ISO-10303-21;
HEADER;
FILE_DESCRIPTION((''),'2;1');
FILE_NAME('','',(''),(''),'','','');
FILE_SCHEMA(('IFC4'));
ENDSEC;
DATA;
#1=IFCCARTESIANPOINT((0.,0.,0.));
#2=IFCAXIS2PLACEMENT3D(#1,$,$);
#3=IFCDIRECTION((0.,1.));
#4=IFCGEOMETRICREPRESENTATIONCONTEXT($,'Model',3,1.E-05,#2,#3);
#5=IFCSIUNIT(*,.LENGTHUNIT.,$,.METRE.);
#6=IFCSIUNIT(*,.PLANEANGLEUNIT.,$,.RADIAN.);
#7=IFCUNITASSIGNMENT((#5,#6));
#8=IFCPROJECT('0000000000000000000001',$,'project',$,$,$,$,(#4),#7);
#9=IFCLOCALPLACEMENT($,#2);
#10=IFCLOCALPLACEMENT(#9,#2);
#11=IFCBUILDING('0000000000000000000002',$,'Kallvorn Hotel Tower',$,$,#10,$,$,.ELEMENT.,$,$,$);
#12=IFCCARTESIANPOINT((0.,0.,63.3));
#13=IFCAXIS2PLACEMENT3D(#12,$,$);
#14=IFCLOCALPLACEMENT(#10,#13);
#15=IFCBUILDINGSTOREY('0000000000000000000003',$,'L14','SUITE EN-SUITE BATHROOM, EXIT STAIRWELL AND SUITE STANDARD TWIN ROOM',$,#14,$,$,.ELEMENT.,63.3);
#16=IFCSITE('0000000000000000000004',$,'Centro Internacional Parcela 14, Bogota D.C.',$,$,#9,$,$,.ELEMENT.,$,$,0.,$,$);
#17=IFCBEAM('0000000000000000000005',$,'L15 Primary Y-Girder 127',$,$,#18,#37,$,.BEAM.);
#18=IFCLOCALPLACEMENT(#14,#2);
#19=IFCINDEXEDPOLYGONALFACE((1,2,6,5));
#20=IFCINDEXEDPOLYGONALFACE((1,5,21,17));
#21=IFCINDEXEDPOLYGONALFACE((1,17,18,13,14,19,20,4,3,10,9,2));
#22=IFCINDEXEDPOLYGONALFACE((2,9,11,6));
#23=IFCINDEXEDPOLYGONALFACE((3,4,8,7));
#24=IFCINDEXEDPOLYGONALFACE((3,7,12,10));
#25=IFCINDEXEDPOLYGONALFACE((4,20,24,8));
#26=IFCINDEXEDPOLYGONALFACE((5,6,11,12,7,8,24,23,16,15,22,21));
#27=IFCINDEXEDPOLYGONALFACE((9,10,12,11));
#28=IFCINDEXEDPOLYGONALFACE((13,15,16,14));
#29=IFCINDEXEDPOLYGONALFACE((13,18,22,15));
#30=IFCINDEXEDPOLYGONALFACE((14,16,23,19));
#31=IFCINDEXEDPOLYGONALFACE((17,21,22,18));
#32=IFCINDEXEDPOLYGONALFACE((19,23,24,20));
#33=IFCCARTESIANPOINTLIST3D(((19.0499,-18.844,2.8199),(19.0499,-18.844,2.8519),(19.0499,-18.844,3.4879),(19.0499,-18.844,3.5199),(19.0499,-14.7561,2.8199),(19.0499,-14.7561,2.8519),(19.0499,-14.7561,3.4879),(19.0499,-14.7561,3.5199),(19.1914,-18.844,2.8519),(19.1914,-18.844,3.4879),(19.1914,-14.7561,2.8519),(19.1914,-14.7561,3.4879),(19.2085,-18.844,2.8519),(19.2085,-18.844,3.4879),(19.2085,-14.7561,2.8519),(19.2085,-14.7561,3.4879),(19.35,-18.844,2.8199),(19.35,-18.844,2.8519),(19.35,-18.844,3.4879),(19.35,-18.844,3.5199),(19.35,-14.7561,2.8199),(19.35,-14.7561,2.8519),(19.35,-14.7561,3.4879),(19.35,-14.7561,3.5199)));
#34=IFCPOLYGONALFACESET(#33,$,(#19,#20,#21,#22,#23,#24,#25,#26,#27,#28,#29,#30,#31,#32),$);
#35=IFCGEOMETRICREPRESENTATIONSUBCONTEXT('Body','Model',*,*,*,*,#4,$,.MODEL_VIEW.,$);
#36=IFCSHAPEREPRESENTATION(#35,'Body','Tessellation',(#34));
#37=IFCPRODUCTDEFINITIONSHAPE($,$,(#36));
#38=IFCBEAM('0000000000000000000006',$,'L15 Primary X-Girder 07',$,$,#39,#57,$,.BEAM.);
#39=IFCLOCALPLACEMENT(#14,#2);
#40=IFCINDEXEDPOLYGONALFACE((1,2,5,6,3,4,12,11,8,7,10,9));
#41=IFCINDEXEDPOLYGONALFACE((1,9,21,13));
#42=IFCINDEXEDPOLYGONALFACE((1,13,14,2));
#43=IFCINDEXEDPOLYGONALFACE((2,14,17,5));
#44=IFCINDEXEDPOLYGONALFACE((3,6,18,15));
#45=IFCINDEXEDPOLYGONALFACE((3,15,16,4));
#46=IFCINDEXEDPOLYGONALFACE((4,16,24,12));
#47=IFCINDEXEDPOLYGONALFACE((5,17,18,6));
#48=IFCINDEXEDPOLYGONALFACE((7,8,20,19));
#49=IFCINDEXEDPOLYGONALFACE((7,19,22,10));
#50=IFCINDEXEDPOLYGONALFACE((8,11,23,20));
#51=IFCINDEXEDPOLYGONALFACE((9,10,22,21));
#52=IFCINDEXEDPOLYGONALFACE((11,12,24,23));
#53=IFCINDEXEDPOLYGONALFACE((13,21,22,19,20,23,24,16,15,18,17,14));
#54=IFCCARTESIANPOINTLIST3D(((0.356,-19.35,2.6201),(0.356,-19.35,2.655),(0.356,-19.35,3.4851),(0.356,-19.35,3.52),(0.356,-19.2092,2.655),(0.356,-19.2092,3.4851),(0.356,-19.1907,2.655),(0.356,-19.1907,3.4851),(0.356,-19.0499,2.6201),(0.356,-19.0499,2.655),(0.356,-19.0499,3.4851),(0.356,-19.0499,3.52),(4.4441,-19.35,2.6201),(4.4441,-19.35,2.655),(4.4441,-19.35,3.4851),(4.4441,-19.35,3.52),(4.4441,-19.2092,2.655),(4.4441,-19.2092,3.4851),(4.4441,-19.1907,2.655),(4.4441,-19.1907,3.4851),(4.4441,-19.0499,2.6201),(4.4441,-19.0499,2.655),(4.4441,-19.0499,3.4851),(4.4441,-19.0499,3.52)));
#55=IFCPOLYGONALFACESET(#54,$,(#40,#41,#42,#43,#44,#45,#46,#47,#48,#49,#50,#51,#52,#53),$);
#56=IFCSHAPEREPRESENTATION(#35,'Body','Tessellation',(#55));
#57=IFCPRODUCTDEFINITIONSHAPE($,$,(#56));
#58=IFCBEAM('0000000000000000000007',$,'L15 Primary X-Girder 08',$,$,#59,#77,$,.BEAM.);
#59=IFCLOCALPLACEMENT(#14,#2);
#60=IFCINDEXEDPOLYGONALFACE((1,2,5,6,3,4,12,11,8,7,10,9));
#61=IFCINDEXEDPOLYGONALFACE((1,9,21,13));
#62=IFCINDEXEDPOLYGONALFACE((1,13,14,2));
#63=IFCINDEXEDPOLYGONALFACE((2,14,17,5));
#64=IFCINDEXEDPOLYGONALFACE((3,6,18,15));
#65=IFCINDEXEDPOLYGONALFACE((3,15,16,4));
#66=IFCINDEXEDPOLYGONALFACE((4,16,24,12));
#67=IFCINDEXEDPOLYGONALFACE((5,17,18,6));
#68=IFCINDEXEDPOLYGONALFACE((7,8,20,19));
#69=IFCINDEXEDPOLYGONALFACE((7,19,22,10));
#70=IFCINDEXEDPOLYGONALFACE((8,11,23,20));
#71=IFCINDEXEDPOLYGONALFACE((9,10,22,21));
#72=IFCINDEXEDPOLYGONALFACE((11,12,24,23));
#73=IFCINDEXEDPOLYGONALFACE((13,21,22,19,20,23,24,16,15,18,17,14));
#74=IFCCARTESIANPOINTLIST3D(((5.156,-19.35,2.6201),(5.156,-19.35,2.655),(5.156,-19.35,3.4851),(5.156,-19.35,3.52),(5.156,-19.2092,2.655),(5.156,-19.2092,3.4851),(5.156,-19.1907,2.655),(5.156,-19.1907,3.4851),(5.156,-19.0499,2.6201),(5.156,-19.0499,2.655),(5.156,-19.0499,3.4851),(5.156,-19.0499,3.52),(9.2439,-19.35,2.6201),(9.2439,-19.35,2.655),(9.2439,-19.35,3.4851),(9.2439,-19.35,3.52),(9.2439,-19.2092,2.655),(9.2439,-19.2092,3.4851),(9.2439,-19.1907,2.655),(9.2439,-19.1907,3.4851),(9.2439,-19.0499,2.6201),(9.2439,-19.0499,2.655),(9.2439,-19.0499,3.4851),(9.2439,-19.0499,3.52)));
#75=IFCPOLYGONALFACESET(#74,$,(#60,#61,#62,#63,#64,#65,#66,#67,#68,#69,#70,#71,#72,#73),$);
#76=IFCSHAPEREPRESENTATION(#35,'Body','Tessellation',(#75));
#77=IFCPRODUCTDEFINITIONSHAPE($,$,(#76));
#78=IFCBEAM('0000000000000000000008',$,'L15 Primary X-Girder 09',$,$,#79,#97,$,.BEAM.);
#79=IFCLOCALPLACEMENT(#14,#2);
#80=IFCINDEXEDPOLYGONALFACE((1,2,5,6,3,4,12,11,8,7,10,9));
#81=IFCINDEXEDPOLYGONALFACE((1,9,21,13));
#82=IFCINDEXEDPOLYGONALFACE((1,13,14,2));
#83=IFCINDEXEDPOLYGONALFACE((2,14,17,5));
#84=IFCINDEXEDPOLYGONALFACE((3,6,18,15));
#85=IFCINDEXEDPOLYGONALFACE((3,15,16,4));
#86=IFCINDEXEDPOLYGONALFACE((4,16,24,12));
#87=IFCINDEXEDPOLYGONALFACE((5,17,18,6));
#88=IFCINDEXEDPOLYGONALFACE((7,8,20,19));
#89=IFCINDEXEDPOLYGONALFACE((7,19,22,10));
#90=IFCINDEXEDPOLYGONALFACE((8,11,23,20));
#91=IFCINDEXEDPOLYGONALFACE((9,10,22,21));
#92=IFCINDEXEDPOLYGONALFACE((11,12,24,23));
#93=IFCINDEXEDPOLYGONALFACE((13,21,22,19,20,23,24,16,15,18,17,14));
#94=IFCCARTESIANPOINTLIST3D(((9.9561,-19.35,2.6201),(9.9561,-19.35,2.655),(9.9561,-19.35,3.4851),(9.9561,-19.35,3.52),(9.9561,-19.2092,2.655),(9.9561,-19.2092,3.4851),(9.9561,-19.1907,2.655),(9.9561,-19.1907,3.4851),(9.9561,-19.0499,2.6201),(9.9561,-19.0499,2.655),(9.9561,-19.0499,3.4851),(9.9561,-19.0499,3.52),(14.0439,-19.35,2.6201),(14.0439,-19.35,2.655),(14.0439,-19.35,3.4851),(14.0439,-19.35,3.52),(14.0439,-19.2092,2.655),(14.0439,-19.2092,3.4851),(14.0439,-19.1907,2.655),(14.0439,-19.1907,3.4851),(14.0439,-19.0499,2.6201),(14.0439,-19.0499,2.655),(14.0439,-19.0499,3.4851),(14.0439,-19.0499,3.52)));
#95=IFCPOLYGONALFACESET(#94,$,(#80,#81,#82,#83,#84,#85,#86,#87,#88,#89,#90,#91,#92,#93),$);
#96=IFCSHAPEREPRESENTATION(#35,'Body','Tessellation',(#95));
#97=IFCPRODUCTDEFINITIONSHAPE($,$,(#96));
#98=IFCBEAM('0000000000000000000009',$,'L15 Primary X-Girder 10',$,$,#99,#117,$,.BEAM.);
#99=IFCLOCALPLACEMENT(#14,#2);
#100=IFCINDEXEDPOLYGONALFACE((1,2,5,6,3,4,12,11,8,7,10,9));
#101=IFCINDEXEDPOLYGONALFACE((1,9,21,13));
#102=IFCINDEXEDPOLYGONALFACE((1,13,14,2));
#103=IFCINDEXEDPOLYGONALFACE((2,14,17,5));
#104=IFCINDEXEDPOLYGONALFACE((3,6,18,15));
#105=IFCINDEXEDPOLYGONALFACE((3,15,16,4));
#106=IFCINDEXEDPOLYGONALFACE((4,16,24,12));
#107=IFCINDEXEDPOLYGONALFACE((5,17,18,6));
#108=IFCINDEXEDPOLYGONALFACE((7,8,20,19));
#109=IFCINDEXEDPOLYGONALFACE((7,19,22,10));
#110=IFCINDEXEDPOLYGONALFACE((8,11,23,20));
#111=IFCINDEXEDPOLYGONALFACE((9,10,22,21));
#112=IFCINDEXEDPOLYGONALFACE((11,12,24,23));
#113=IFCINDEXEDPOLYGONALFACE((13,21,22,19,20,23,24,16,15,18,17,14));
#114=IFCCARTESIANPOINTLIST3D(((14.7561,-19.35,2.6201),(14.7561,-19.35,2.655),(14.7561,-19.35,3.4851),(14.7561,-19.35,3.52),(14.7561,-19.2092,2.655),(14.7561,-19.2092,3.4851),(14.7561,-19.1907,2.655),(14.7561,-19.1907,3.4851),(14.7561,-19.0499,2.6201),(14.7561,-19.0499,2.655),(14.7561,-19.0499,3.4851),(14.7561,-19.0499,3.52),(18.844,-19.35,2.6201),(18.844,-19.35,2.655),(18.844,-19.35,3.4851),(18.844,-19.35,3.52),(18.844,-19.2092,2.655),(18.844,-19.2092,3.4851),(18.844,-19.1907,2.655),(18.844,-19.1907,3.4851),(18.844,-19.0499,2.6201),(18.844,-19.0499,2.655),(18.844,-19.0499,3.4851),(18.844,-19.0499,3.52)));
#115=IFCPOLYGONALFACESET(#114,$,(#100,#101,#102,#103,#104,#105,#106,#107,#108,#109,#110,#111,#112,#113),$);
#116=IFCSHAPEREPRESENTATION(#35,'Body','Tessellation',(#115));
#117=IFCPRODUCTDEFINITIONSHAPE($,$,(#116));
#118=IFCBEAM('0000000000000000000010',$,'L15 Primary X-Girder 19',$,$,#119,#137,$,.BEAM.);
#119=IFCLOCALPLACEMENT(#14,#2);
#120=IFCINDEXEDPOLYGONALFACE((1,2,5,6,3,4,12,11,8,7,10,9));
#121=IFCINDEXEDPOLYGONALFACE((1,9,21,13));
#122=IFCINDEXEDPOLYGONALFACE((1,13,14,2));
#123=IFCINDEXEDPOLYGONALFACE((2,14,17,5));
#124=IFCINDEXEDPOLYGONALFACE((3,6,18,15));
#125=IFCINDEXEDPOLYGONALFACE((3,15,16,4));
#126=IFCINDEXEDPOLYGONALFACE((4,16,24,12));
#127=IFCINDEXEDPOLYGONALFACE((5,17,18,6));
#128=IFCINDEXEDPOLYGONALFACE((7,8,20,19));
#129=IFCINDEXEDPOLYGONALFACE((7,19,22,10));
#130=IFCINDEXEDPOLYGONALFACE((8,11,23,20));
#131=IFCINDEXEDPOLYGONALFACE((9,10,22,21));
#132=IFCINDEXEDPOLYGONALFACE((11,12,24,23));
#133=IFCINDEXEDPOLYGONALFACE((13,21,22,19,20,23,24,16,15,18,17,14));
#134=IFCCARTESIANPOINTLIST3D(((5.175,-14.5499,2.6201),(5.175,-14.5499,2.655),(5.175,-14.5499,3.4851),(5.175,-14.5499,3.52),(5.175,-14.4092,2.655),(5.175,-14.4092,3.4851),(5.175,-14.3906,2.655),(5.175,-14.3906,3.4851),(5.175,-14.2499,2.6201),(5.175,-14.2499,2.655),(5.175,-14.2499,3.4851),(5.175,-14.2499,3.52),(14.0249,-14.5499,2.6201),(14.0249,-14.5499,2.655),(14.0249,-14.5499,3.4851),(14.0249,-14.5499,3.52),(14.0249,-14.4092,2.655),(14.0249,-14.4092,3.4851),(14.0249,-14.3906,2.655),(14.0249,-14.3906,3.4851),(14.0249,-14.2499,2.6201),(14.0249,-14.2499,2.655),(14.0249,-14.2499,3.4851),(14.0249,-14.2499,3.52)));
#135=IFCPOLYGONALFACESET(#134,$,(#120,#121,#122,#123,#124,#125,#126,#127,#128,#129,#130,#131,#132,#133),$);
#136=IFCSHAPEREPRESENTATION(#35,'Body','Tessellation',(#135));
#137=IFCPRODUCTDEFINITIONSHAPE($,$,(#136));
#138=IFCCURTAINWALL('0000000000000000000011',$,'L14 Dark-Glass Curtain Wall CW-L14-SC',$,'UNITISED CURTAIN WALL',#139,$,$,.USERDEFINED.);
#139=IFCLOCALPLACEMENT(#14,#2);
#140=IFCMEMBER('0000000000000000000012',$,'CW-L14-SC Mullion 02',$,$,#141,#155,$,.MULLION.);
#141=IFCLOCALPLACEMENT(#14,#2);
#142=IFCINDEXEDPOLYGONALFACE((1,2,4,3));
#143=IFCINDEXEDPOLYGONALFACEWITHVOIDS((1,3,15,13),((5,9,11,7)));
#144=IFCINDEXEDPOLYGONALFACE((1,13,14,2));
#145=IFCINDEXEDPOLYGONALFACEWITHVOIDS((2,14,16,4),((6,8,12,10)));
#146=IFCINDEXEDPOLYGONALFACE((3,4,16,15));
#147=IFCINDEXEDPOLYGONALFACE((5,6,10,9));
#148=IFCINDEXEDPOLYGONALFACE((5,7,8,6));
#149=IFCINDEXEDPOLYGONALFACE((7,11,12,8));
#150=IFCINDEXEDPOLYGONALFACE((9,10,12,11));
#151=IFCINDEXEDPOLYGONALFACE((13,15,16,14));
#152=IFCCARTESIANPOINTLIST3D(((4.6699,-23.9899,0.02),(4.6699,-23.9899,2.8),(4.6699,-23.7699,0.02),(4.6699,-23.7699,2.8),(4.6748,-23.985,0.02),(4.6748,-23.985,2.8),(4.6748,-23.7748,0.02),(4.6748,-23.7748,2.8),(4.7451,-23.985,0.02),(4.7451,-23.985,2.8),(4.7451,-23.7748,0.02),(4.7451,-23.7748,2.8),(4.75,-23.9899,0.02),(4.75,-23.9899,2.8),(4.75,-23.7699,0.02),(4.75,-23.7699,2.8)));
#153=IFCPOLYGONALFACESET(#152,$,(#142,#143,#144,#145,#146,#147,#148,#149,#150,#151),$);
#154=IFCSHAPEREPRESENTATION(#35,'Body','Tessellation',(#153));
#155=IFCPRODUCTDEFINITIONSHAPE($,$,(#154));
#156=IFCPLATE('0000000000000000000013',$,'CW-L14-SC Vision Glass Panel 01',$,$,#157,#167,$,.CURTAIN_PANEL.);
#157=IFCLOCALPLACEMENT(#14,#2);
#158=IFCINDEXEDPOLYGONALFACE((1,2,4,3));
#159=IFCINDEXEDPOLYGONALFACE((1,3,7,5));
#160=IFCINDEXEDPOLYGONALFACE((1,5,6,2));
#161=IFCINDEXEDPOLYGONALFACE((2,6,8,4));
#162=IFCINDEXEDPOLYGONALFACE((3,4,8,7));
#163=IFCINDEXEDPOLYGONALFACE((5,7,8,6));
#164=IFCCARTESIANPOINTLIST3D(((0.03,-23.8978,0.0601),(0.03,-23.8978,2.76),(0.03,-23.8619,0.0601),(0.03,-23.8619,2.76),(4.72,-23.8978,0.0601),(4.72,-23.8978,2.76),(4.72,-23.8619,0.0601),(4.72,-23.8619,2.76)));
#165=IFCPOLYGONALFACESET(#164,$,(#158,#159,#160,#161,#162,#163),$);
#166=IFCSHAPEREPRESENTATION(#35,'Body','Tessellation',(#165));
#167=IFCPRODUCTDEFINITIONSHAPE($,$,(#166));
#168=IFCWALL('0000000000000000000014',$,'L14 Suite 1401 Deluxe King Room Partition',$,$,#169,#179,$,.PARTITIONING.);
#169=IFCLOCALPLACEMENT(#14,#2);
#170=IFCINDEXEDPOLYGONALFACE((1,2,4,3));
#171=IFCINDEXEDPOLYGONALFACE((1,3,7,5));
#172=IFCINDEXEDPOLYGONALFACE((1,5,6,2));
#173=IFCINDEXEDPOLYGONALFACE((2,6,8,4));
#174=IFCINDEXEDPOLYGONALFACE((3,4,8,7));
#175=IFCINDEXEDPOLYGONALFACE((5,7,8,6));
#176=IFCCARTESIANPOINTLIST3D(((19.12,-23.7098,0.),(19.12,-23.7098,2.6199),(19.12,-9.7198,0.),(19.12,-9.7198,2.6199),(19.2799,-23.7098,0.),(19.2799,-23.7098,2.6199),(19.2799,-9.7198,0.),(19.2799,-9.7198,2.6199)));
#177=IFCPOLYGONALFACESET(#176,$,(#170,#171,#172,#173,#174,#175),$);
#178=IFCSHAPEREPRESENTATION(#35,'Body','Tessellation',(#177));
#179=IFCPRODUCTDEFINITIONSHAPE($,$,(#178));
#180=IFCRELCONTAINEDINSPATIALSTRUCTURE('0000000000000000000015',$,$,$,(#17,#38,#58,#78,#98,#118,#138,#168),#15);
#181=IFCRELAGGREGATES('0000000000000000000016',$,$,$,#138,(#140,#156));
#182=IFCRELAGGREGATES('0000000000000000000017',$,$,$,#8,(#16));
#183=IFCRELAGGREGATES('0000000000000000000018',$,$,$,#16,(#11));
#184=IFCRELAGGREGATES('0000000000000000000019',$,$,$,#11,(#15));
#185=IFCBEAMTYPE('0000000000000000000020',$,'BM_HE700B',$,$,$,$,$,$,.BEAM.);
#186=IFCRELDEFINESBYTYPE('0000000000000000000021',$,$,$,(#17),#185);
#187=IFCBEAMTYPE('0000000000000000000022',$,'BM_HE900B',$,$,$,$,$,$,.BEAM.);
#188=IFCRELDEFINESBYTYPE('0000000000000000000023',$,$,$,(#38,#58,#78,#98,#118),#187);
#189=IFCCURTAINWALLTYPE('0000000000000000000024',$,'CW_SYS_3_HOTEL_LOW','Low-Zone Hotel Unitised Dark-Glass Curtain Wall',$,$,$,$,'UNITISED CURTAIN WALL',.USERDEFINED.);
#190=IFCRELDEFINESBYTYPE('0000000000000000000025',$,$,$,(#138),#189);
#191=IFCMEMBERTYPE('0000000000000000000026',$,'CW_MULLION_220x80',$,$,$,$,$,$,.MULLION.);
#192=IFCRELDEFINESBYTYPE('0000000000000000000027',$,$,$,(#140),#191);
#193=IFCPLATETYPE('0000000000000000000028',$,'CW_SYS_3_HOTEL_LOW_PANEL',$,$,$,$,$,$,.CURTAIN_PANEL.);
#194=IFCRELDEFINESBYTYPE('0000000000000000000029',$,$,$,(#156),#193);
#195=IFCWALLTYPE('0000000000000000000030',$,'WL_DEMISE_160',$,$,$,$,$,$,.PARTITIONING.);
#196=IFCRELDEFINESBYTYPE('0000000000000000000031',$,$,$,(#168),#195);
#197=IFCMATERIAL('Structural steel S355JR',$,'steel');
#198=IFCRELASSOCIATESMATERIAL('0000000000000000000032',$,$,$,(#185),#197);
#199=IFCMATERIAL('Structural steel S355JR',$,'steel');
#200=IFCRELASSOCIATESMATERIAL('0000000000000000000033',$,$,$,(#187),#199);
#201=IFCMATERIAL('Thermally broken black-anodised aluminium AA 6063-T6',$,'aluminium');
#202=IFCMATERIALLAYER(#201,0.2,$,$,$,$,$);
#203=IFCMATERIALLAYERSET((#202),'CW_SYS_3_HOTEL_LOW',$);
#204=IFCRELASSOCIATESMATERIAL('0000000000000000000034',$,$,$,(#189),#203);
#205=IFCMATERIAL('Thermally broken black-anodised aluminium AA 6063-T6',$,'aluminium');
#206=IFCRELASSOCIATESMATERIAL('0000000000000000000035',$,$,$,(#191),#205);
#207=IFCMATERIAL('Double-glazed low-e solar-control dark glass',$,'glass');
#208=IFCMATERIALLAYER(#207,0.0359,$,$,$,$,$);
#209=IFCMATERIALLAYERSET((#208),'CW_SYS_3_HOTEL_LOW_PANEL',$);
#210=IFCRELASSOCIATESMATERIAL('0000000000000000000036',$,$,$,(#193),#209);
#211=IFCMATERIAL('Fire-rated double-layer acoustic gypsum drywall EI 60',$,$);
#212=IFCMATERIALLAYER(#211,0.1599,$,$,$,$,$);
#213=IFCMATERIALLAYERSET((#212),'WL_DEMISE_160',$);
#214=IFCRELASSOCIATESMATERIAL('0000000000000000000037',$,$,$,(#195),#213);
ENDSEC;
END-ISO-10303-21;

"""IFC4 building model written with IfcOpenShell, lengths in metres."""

from ifc_helpers import new_model, si_unit, direction, frame, frame_2d, origin, origin_2d, place, context, subcontext, project, spatial, rectangle, hollow_rectangle, i_section, extrude, material, layer, layer_set, material_profile, profile_set, type_object, element, aggregate, save


model = new_model("IFC4")

# Units and contexts
model_context = context("Model", 3, precision=1e-05, world=origin(), true_north=direction((0.0, 1.0)))
body_context = subcontext(model_context, "Body", "Model", "MODEL_VIEW")
ifc_project = project(units=[si_unit("LENGTHUNIT", "METRE"), si_unit("PLANEANGLEUNIT", "RADIAN")], contexts=[model_context])

# Site, building, storey
site_placement = place(None, origin())
site = spatial("IfcSite", under=ifc_project, at=site_placement, Name="Centro Internacional Parcela 14, Bogota D.C.", CompositionType="ELEMENT", RefElevation=0.0)
building_placement = place(site_placement, origin())
building = spatial("IfcBuilding", under=site, at=building_placement, Name="Kallvorn Hotel Tower", CompositionType="ELEMENT")
storey_placement = place(building_placement, frame((0.0, 0.0, 63.3)))
storey = spatial("IfcBuildingStorey", under=building, at=storey_placement, Name="L14", Description="SUITE EN-SUITE BATHROOM, EXIT STAIRWELL AND SUITE STANDARD TWIN ROOM", CompositionType="ELEMENT", Elevation=63.3)

# Beams
ifc_material_1 = material(Name="Structural steel S355JR", Category="steel")
ifc_material_profile_1 = material_profile(ifc_material_1, i_section(OverallWidth=0.3, OverallDepth=0.7, WebThickness=0.0171, FlangeThickness=0.032, at=origin_2d()), Name="HE 700 B")
ifc_profile_set_1 = profile_set([ifc_material_profile_1], Name="Structural steel S355JR")
beam_type_1 = type_object("IfcBeamType", Name="BM_HE700B", PredefinedType="BEAM", material=ifc_profile_set_1)
beam_1_placement = place(storey_placement, frame((19.2, -18.844, 3.1699), z_axis=(0.0, 1.0, 0.0), x_axis=(-1.0, 0.0, 0.0)))
element("IfcBeam", 1, at=beam_1_placement, inside=storey, type_object=beam_type_1, Name="L15 Primary Y-Girder 127", PredefinedType="BEAM", context=body_context, shape_type="SweptSolid", body=[
    extrude(i_section(OverallWidth=0.3, OverallDepth=0.7, WebThickness=0.0171, FlangeThickness=0.032, at=origin_2d()), origin(), (0.0, 0.0, 1.0), 4.0879),
])
ifc_material_2 = material(Name="Structural steel S355JR", Category="steel")
ifc_material_profile_2 = material_profile(ifc_material_2, i_section(OverallWidth=0.3, OverallDepth=0.8999, WebThickness=0.0186, FlangeThickness=0.0349, at=origin_2d()), Name="HE 900 B")
ifc_profile_set_2 = profile_set([ifc_material_profile_2], Name="Structural steel S355JR")
beam_type_2 = type_object("IfcBeamType", Name="BM_HE900B", PredefinedType="BEAM", material=ifc_profile_set_2)
beam_2_placement = place(storey_placement, frame((0.356, -19.2, 3.0701), z_axis=(1.0, 0.0, 0.0), x_axis=(0.0, 1.0, 0.0)))
element("IfcBeam", 2, at=beam_2_placement, inside=storey, type_object=beam_type_2, Name="L15 Primary X-Girder 07", PredefinedType="BEAM", context=body_context, shape_type="SweptSolid", body=[
    extrude(i_section(OverallWidth=0.3, OverallDepth=0.8999, WebThickness=0.0186, FlangeThickness=0.0349, at=origin_2d()), origin(), (0.0, 0.0, 1.0), 4.0881),
])
for number, where, z_axis, x_axis, name in (
    (3, (5.156, -19.2, 3.0701), (1.0, 0.0, 0.0), (0.0, 1.0, 0.0), "L15 Primary X-Girder 08"),
    (4, (9.9561, -19.2, 3.0701), (1.0, 0.0, 0.0), (0.0, 1.0, 0.0), "L15 Primary X-Girder 09"),
    (5, (14.7561, -19.2, 3.0701), (1.0, 0.0, 0.0), (0.0, 1.0, 0.0), "L15 Primary X-Girder 10"),
):
    element("IfcBeam", number, at=place(storey_placement, frame(where, z_axis=z_axis, x_axis=x_axis)), inside=storey, type_object=beam_type_2, Name=name, PredefinedType="BEAM", context=body_context, shape_type="SweptSolid", body=[
        extrude(i_section(OverallWidth=0.3, OverallDepth=0.8999, WebThickness=0.0186, FlangeThickness=0.0349, at=origin_2d()), origin(), (0.0, 0.0, 1.0), 4.0879),
    ])
beam_3_placement = place(storey_placement, frame((5.175, -14.3999, 3.0701), z_axis=(1.0, 0.0, 0.0), x_axis=(0.0, 1.0, 0.0)))
element("IfcBeam", 6, at=beam_3_placement, inside=storey, type_object=beam_type_2, Name="L15 Primary X-Girder 19", PredefinedType="BEAM", context=body_context, shape_type="SweptSolid", body=[
    extrude(i_section(OverallWidth=0.3, OverallDepth=0.8999, WebThickness=0.0186, FlangeThickness=0.0349, at=origin_2d()), origin(), (0.0, 0.0, 1.0), 8.8499),
])

# Curtain wall, member, plate
ifc_material_3 = material(Name="Thermally broken black-anodised aluminium AA 6063-T6", Category="aluminium")
ifc_layer_1 = layer(ifc_material_3, 0.2)
ifc_layer_set_1 = layer_set([ifc_layer_1], Name="CW_SYS_3_HOTEL_LOW")
curtain_wall_type = type_object("IfcCurtainWallType", Name="CW_SYS_3_HOTEL_LOW", Description="Low-Zone Hotel Unitised Dark-Glass Curtain Wall", ElementType="UNITISED CURTAIN WALL", PredefinedType="USERDEFINED", material=ifc_layer_set_1)
curtain_wall_placement = place(storey_placement, origin())
curtain_wall = element("IfcCurtainWall", 7, at=curtain_wall_placement, inside=storey, type_object=curtain_wall_type, Name="L14 Dark-Glass Curtain Wall CW-L14-SC", ObjectType="UNITISED CURTAIN WALL", PredefinedType="USERDEFINED")
ifc_material_4 = material(Name="Thermally broken black-anodised aluminium AA 6063-T6", Category="aluminium")
ifc_material_profile_3 = material_profile(ifc_material_4, hollow_rectangle(XDim=0.0801, YDim=0.22, WallThickness=0.0049, at=origin_2d()), Name="MUL 220x80")
ifc_profile_set_3 = profile_set([ifc_material_profile_3], Name="Thermally broken black-anodised aluminium AA 6063-T6")
member_type = type_object("IfcMemberType", Name="CW_MULLION_220x80", PredefinedType="MULLION", material=ifc_profile_set_3)
member_placement = place(storey_placement, frame((4.71, -23.8799, 0.02), z_axis=(0.0, 0.0, 1.0), x_axis=(1.0, 0.0, 0.0)))
member = element("IfcMember", 8, at=member_placement, type_object=member_type, Name="CW-L14-SC Mullion 02", PredefinedType="MULLION", context=body_context, shape_type="SweptSolid", body=[
    extrude(hollow_rectangle(XDim=0.0801, YDim=0.22, WallThickness=0.0049, at=origin_2d()), origin(), (0.0, 0.0, 1.0), 2.78),
])
ifc_material_5 = material(Name="Double-glazed low-e solar-control dark glass", Category="glass")
ifc_layer_2 = layer(ifc_material_5, 0.0359)
ifc_layer_set_2 = layer_set([ifc_layer_2], Name="CW_SYS_3_HOTEL_LOW_PANEL")
plate_type = type_object("IfcPlateType", Name="CW_SYS_3_HOTEL_LOW_PANEL", PredefinedType="CURTAIN_PANEL", material=ifc_layer_set_2)
plate_placement = place(storey_placement, frame((2.375, -23.8799, 0.0601), z_axis=(0.0, 0.0, 1.0), x_axis=(1.0, 0.0, 0.0)))
plate = element("IfcPlate", 9, at=plate_placement, type_object=plate_type, Name="CW-L14-SC Vision Glass Panel 01", PredefinedType="CURTAIN_PANEL", context=body_context, shape_type="SweptSolid", body=[
    extrude(rectangle(XDim=4.6899, YDim=0.0359, at=origin_2d()), origin(), (0.0, 0.0, 1.0), 2.7),
])
aggregate(curtain_wall, [member, plate])

# Wall
ifc_material_6 = material(Name="Fire-rated double-layer acoustic gypsum drywall EI 60")
ifc_layer_3 = layer(ifc_material_6, 0.1599)
ifc_layer_set_3 = layer_set([ifc_layer_3], Name="WL_DEMISE_160")
wall_type_1 = type_object("IfcWallType", Name="WL_DEMISE_160", PredefinedType="PARTITIONING", material=ifc_layer_set_3)
wall_1_placement = place(storey_placement, frame((19.2, -23.71, 0.0), z_axis=(0.0, 0.0, 1.0), x_axis=(0.0, 1.0, 0.0)))
element("IfcWall", 10, at=wall_1_placement, inside=storey, type_object=wall_type_1, Name="L14 Suite 1401 Deluxe King Room Partition", PredefinedType="PARTITIONING", context=body_context, shape_type="SweptSolid", body=[
    extrude(rectangle(XDim=13.99, YDim=0.1599, at=frame_2d((6.9951, 0.0))), origin(), (0.0, 0.0, 1.0), 2.6199),
])

save(model, "model.ifc")
